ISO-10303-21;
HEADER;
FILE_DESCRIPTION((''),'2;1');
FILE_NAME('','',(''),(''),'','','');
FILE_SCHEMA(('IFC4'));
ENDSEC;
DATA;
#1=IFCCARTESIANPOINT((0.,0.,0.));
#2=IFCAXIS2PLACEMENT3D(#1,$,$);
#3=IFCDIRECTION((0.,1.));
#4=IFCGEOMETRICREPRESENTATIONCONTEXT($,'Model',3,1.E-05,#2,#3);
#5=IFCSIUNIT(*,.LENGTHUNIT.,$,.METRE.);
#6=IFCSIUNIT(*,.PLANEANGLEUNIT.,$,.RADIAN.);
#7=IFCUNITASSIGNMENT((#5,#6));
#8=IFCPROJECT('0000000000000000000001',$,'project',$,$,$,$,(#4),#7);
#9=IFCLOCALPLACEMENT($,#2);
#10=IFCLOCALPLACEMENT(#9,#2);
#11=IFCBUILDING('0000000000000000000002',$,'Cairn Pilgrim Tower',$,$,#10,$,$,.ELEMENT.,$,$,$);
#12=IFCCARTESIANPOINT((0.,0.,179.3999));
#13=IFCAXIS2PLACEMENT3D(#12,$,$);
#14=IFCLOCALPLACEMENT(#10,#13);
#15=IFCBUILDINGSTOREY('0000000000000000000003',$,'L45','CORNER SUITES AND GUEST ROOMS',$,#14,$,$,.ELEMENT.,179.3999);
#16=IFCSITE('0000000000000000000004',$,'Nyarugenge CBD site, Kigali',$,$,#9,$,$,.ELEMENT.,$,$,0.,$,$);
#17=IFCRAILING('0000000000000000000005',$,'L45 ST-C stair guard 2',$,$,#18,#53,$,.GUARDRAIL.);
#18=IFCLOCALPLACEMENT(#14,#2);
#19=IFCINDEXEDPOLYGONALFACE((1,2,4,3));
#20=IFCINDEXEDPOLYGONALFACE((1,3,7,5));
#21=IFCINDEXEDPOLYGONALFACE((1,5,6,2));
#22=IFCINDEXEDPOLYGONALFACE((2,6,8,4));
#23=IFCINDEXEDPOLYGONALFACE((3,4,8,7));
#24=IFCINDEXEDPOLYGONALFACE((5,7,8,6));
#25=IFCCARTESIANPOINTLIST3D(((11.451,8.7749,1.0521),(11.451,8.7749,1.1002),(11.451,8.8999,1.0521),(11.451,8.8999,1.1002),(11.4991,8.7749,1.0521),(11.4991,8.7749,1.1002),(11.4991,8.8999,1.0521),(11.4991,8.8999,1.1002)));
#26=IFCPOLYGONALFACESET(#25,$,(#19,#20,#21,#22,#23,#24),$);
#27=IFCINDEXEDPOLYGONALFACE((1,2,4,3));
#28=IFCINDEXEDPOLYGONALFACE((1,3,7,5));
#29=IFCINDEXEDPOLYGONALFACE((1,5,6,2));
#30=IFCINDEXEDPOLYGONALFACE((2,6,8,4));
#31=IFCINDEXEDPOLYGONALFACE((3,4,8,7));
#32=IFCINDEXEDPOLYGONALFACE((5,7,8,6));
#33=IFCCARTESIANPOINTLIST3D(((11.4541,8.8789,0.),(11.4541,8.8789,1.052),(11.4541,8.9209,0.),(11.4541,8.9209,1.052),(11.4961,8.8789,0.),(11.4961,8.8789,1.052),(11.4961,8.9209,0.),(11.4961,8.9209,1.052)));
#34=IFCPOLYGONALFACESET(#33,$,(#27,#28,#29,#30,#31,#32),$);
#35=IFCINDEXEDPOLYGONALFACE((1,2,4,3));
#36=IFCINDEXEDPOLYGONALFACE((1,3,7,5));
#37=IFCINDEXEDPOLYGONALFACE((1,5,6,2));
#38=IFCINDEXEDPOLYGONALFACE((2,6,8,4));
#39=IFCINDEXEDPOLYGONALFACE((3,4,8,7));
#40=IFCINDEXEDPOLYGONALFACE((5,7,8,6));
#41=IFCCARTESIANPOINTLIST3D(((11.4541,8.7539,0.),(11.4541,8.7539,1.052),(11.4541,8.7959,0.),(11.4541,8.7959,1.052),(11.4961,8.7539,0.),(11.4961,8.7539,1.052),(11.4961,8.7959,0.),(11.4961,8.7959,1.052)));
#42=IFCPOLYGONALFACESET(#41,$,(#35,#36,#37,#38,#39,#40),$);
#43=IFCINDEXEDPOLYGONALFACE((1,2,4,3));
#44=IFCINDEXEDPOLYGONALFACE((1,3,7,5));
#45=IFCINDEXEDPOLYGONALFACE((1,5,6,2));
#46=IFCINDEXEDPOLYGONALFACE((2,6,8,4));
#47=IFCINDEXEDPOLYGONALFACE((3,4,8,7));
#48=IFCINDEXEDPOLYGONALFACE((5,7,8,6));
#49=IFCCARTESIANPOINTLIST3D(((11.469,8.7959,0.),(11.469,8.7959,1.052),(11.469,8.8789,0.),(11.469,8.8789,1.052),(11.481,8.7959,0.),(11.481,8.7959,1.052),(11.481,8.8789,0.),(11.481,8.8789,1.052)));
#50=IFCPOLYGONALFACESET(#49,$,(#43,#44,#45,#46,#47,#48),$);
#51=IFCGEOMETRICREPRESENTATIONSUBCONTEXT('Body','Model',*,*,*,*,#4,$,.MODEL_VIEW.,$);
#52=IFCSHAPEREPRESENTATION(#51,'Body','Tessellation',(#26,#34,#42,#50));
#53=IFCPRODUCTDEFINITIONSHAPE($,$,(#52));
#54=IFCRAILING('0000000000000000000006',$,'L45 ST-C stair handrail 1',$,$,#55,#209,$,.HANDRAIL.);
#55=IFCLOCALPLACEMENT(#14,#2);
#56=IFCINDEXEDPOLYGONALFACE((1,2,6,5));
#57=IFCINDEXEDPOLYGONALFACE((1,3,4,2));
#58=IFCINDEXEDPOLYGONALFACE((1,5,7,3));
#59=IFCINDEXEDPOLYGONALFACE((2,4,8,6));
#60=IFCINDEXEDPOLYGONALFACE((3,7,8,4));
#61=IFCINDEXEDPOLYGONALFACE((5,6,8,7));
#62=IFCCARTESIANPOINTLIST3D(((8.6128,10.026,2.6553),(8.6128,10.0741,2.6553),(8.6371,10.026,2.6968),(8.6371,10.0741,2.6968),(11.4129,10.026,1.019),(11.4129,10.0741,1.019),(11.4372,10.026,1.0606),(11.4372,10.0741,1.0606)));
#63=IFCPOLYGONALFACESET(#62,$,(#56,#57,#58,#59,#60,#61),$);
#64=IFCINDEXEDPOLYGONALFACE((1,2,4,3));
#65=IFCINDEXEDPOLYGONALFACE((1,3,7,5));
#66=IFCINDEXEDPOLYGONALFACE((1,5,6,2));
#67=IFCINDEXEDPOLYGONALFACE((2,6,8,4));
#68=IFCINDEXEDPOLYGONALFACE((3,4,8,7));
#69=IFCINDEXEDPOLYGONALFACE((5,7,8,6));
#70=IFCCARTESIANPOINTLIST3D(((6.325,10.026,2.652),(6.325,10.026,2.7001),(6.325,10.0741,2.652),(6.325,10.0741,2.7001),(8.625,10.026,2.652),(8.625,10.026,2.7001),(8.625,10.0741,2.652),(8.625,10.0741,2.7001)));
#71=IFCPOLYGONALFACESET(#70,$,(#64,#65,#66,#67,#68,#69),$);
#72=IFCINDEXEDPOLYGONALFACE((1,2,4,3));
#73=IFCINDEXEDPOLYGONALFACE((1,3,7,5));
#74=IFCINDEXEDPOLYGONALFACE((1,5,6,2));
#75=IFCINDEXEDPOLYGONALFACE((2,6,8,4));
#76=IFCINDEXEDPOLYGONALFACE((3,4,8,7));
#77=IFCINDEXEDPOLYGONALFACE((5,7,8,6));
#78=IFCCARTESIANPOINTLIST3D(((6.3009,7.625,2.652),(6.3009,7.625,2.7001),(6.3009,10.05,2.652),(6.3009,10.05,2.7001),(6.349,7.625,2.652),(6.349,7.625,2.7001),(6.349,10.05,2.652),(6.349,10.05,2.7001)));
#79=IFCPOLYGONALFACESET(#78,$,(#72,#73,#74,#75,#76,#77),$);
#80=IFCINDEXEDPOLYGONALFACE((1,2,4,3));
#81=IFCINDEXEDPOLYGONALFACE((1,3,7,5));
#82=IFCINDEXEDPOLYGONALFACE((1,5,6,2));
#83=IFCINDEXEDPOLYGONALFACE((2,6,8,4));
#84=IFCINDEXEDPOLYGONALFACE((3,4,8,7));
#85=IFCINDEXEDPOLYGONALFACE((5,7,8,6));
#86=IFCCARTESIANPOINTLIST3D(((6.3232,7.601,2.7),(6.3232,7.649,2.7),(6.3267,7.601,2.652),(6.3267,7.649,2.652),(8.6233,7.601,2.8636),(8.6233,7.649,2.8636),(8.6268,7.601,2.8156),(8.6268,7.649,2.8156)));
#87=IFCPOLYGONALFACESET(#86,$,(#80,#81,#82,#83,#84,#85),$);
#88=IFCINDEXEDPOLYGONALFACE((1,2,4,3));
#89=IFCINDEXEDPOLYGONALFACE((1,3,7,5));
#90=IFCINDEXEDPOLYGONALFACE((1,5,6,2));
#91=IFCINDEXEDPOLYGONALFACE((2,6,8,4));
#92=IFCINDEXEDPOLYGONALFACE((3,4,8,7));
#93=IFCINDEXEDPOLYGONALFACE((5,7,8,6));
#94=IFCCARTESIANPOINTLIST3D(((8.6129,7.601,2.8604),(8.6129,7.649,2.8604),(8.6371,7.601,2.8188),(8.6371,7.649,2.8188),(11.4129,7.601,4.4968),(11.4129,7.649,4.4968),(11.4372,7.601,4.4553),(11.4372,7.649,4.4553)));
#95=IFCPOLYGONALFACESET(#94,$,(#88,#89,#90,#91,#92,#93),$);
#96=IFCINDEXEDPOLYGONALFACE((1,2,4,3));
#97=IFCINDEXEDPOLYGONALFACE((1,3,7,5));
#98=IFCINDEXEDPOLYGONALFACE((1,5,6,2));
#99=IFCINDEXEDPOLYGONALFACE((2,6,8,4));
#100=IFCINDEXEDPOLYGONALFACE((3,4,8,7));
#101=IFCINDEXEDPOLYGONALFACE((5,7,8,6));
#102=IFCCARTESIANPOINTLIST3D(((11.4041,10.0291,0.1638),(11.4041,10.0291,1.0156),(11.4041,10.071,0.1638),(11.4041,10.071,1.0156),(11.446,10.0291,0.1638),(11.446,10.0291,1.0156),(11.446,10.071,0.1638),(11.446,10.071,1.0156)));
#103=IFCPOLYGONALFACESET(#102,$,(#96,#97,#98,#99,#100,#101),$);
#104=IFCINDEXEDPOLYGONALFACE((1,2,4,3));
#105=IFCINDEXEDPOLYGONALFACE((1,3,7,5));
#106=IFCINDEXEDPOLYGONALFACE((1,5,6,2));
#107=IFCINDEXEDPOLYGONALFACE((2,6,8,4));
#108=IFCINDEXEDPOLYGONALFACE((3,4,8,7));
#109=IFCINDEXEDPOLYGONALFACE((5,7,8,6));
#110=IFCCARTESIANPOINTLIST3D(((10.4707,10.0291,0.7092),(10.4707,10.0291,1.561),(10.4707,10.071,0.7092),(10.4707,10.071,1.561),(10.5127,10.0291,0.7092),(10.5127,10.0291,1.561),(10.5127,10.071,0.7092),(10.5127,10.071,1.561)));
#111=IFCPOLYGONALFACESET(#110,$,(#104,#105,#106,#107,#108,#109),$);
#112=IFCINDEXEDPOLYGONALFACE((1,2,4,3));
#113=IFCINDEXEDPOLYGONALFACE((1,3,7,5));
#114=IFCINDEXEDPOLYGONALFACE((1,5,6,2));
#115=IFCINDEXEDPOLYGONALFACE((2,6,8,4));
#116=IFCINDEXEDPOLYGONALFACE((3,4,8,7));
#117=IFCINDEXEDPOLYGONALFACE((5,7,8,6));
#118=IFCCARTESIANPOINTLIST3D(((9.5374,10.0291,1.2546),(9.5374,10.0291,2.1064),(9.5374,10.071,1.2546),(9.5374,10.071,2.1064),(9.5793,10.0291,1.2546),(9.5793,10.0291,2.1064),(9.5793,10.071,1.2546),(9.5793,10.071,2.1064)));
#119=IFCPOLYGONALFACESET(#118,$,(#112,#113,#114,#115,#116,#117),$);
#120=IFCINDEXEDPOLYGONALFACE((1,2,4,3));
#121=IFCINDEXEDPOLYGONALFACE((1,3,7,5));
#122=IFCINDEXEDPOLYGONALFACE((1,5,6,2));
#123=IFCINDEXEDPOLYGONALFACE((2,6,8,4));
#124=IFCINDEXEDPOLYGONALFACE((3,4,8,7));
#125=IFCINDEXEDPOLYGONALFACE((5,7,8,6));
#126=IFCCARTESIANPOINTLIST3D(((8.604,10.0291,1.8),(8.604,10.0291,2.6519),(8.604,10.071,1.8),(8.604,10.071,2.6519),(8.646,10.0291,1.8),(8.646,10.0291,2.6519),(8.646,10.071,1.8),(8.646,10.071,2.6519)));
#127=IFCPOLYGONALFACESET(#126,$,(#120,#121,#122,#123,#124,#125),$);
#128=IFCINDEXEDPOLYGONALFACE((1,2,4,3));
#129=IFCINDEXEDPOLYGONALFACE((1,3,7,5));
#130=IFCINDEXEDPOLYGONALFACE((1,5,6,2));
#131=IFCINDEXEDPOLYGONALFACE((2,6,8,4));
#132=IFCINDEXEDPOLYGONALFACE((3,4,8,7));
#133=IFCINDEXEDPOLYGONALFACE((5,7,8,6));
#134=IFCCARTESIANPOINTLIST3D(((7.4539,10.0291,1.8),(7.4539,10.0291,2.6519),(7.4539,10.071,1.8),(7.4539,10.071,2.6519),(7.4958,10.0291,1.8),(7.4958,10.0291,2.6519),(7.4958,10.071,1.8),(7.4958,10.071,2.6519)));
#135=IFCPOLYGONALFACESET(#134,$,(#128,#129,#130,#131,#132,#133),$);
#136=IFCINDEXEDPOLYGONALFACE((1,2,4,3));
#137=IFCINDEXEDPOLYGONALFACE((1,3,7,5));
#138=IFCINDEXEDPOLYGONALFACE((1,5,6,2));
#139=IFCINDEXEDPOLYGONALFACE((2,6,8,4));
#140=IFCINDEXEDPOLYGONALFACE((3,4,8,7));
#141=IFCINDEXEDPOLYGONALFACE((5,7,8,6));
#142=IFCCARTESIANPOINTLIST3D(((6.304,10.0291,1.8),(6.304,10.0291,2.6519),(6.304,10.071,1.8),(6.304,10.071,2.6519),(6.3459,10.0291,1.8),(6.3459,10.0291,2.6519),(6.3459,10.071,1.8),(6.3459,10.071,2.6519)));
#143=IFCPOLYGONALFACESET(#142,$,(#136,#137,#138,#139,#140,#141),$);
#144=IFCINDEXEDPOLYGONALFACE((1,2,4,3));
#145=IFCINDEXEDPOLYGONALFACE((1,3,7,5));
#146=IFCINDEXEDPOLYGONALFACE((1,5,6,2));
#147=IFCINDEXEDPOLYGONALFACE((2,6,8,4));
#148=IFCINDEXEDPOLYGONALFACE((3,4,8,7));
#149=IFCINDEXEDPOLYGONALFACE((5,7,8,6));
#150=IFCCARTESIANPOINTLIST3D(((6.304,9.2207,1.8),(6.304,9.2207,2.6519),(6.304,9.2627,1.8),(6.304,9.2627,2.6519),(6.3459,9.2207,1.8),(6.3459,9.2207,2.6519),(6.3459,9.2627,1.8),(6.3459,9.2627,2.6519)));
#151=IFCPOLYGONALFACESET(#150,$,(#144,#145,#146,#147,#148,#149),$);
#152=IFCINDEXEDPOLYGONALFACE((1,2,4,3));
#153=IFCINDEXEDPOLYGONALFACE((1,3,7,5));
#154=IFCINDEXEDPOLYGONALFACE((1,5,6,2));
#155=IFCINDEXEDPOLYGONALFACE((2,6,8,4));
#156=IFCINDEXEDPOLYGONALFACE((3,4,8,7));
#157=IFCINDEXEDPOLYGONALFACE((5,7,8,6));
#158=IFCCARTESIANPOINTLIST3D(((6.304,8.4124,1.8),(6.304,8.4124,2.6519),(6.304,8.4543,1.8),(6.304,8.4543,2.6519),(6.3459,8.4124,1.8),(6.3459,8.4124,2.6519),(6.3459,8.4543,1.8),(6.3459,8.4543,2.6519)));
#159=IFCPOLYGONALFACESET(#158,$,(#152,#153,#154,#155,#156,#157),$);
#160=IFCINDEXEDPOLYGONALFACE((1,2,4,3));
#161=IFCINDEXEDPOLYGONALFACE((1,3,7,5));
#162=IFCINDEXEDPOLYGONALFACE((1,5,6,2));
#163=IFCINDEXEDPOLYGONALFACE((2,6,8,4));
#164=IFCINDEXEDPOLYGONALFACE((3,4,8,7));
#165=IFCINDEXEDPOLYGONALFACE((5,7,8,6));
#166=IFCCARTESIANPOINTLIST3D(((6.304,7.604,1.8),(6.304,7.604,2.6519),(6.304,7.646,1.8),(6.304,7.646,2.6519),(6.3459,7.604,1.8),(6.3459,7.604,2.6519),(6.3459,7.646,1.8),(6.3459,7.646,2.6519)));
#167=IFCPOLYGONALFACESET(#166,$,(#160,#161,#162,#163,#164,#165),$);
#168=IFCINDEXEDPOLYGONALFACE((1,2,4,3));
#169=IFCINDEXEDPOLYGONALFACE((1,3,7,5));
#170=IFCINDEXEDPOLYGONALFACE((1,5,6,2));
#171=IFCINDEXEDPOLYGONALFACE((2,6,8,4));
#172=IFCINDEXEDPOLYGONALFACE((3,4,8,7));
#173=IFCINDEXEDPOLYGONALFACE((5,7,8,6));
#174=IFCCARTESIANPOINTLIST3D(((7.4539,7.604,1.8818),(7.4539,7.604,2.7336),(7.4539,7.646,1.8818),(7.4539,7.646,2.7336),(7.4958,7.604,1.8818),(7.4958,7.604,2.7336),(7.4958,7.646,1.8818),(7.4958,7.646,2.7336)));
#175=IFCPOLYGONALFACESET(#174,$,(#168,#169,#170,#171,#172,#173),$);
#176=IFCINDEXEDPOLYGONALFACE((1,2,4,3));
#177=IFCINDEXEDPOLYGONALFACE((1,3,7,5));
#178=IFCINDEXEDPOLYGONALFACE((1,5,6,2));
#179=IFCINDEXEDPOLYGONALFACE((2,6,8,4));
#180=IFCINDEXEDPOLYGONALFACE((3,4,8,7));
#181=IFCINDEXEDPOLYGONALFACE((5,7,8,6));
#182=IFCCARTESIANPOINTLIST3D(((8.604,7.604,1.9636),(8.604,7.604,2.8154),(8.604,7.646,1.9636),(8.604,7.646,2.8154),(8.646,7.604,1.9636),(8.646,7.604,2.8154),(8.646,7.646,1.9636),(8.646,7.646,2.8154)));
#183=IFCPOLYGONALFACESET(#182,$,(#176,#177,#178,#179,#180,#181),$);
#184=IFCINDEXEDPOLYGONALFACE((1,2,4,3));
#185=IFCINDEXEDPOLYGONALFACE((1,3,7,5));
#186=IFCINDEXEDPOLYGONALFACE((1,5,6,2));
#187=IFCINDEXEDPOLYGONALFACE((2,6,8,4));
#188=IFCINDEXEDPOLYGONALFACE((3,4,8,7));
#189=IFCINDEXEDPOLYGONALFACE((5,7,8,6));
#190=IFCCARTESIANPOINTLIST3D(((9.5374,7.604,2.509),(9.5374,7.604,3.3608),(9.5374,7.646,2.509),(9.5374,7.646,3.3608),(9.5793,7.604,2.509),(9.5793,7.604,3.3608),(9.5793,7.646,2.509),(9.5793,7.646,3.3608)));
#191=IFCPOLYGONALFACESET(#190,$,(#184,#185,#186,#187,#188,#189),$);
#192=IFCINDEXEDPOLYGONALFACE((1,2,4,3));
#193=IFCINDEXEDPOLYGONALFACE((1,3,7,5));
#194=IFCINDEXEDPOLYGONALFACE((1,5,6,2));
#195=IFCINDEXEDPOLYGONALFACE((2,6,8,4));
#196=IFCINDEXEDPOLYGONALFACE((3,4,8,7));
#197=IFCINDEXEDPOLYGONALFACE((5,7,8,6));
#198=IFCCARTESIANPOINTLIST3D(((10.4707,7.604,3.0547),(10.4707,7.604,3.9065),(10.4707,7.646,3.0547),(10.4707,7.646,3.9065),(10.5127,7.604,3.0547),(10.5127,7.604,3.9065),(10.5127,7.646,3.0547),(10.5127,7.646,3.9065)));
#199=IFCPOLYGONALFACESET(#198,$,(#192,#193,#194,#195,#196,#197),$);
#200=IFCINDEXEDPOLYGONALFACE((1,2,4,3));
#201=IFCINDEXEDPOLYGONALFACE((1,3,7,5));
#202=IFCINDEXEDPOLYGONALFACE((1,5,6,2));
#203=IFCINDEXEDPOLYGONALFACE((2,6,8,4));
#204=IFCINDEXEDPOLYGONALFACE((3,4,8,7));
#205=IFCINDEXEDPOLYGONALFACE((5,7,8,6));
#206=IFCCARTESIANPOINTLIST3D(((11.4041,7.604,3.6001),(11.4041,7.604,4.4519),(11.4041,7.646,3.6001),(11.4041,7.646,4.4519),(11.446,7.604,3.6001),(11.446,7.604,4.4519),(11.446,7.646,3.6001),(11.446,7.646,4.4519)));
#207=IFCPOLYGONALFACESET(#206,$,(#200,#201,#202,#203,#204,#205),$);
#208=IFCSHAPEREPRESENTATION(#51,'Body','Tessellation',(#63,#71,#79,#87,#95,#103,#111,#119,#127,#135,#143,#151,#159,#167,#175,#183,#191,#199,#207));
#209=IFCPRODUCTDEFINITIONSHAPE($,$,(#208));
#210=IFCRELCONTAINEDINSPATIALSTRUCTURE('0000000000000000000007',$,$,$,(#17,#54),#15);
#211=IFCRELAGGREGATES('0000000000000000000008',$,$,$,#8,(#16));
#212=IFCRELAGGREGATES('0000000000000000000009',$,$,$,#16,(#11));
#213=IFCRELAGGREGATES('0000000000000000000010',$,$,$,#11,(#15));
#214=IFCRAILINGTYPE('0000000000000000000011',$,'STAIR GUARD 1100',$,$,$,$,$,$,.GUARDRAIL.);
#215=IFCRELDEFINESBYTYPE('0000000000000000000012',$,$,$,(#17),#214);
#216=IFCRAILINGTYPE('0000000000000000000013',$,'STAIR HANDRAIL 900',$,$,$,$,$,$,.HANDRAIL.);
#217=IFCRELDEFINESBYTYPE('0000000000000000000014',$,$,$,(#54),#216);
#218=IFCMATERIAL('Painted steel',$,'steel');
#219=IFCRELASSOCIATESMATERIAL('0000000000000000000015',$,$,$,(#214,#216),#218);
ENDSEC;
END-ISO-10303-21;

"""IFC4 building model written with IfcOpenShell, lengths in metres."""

from ifc_helpers import new_model, si_unit, direction, frame, origin, origin_2d, place, context, subcontext, project, spatial, polyline, rectangle, outline, extrude, material, type_object, element, save


model = new_model("IFC4")

# Units and contexts
model_context = context("Model", 3, precision=1e-05, world=origin(), true_north=direction((0.0, 1.0)))
body_context = subcontext(model_context, "Body", "Model", "MODEL_VIEW")
ifc_project = project(units=[si_unit("LENGTHUNIT", "METRE"), si_unit("PLANEANGLEUNIT", "RADIAN")], contexts=[model_context])

# Site, building, storey
site_placement = place(None, origin())
site = spatial("IfcSite", under=ifc_project, at=site_placement, Name="Nyarugenge CBD site, Kigali", CompositionType="ELEMENT", RefElevation=0.0)
building_placement = place(site_placement, origin())
building = spatial("IfcBuilding", under=site, at=building_placement, Name="Cairn Pilgrim Tower", CompositionType="ELEMENT")
storey_placement = place(building_placement, frame((0.0, 0.0, 179.3999)))
storey = spatial("IfcBuildingStorey", under=building, at=storey_placement, Name="L45", Description="CORNER SUITES AND GUEST ROOMS", CompositionType="ELEMENT", Elevation=179.3999)

# Shared definitions
ifc_material_1 = material(Name="Painted steel", Category="steel")

# Railings
railing_type_1 = type_object("IfcRailingType", Name="STAIR GUARD 1100", PredefinedType="GUARDRAIL", material=ifc_material_1)
railing_1_placement = place(storey_placement, frame((11.4751, 8.8999, 0.0)))
element("IfcRailing", 1, at=railing_1_placement, inside=storey, type_object=railing_type_1, Name="L45 ST-C stair guard 2", PredefinedType="GUARDRAIL", context=body_context, shape_type="SweptSolid", body=[
    extrude(rectangle(XDim=0.0481, YDim=0.0481, at=origin_2d()), frame((0.0, 0.0, 1.0762), z_axis=(0.0, -1.0, 0.0), x_axis=(1.0, 0.0, 0.0)), (0.0, 0.0, 1.0), 0.125),
    extrude(rectangle(XDim=0.042, YDim=0.042, at=origin_2d()), origin(), (0.0, 0.0, 1.0), 1.052),
    extrude(rectangle(XDim=0.042, YDim=0.042, at=origin_2d()), frame((0.0, -0.125, 0.0)), (0.0, 0.0, 1.0), 1.052),
    extrude(outline(polyline([(0.021, 0.0), (0.104, 0.0), (0.104, 1.052), (0.021, 1.052), (0.021, 0.0)])), frame((0.0059, 0.0, 0.0), z_axis=(-1.0, 0.0, 0.0), x_axis=(0.0, -1.0, 0.0)), (0.0, 0.0, 1.0), 0.012),
])
railing_type_2 = type_object("IfcRailingType", Name="STAIR HANDRAIL 900", PredefinedType="HANDRAIL", material=ifc_material_1)
railing_2_placement = place(storey_placement, frame((11.425, 10.05, 0.1638)))
element("IfcRailing", 2, at=railing_2_placement, inside=storey, type_object=railing_type_2, Name="L45 ST-C stair handrail 1", PredefinedType="HANDRAIL", context=body_context, shape_type="SweptSolid", body=[
    extrude(rectangle(XDim=0.0481, YDim=0.0481, at=origin_2d()), frame((0.0, 0.0, 0.876), z_axis=(-0.863394, 0.0, 0.504531), x_axis=(0.0, -1.0, 0.0)), (0.0, 0.0, 1.0), 3.2432),
    extrude(rectangle(XDim=0.0481, YDim=0.0481, at=origin_2d()), frame((-2.8, 0.0, 2.5122), z_axis=(-1.0, 0.0, 0.0), x_axis=(0.0, -1.0, 0.0)), (0.0, 0.0, 1.0), 2.3),
    extrude(rectangle(XDim=0.0481, YDim=0.0481, at=origin_2d()), frame((-5.1001, 0.0, 2.5122), z_axis=(0.0, -1.0, 0.0), x_axis=(1.0, 0.0, 0.0)), (0.0, 0.0, 1.0), 2.425),
    extrude(rectangle(XDim=0.0481, YDim=0.0481, at=origin_2d()), frame((-5.1001, -2.425, 2.5122), z_axis=(0.997481, 0.0, 0.070939), x_axis=(0.0, 1.0, 0.0)), (0.0, 0.0, 1.0), 2.3059),
    extrude(rectangle(XDim=0.0481, YDim=0.0481, at=origin_2d()), frame((-2.8, -2.425, 2.6758), z_axis=(0.863361, 0.0, 0.504587), x_axis=(0.0, 1.0, 0.0)), (0.0, 0.0, 1.0), 3.2432),
    extrude(rectangle(XDim=0.042, YDim=0.042, at=origin_2d()), origin(), (0.0, 0.0, 1.0), 0.8518),
    extrude(rectangle(XDim=0.042, YDim=0.042, at=origin_2d()), frame((-0.9333, 0.0, 0.5454)), (0.0, 0.0, 1.0), 0.8518),
    extrude(rectangle(XDim=0.042, YDim=0.042, at=origin_2d()), frame((-1.8667, 0.0, 1.0908)), (0.0, 0.0, 1.0), 0.8518),
    extrude(rectangle(XDim=0.042, YDim=0.042, at=origin_2d()), frame((-2.8, 0.0, 1.6362)), (0.0, 0.0, 1.0), 0.8518),
    extrude(rectangle(XDim=0.042, YDim=0.042, at=origin_2d()), frame((-3.9502, 0.0, 1.6362)), (0.0, 0.0, 1.0), 0.8518),
    extrude(rectangle(XDim=0.042, YDim=0.042, at=origin_2d()), frame((-5.1001, 0.0, 1.6362)), (0.0, 0.0, 1.0), 0.8518),
    extrude(rectangle(XDim=0.042, YDim=0.042, at=origin_2d()), frame((-5.1001, -0.8083, 1.6362)), (0.0, 0.0, 1.0), 0.8518),
    extrude(rectangle(XDim=0.042, YDim=0.042, at=origin_2d()), frame((-5.1001, -1.6167, 1.6362)), (0.0, 0.0, 1.0), 0.8518),
    extrude(rectangle(XDim=0.042, YDim=0.042, at=origin_2d()), frame((-5.1001, -2.425, 1.6362)), (0.0, 0.0, 1.0), 0.8518),
    extrude(rectangle(XDim=0.042, YDim=0.042, at=origin_2d()), frame((-3.9502, -2.425, 1.718)), (0.0, 0.0, 1.0), 0.8518),
    extrude(rectangle(XDim=0.042, YDim=0.042, at=origin_2d()), frame((-2.8, -2.425, 1.7998)), (0.0, 0.0, 1.0), 0.8518),
    extrude(rectangle(XDim=0.042, YDim=0.042, at=origin_2d()), frame((-1.8667, -2.425, 2.3452)), (0.0, 0.0, 1.0), 0.8518),
    extrude(rectangle(XDim=0.042, YDim=0.042, at=origin_2d()), frame((-0.9333, -2.425, 2.8909)), (0.0, 0.0, 1.0), 0.8518),
    extrude(rectangle(XDim=0.042, YDim=0.042, at=origin_2d()), frame((0.0, -2.425, 3.4363)), (0.0, 0.0, 1.0), 0.8518),
])

save(model, "model.ifc")
